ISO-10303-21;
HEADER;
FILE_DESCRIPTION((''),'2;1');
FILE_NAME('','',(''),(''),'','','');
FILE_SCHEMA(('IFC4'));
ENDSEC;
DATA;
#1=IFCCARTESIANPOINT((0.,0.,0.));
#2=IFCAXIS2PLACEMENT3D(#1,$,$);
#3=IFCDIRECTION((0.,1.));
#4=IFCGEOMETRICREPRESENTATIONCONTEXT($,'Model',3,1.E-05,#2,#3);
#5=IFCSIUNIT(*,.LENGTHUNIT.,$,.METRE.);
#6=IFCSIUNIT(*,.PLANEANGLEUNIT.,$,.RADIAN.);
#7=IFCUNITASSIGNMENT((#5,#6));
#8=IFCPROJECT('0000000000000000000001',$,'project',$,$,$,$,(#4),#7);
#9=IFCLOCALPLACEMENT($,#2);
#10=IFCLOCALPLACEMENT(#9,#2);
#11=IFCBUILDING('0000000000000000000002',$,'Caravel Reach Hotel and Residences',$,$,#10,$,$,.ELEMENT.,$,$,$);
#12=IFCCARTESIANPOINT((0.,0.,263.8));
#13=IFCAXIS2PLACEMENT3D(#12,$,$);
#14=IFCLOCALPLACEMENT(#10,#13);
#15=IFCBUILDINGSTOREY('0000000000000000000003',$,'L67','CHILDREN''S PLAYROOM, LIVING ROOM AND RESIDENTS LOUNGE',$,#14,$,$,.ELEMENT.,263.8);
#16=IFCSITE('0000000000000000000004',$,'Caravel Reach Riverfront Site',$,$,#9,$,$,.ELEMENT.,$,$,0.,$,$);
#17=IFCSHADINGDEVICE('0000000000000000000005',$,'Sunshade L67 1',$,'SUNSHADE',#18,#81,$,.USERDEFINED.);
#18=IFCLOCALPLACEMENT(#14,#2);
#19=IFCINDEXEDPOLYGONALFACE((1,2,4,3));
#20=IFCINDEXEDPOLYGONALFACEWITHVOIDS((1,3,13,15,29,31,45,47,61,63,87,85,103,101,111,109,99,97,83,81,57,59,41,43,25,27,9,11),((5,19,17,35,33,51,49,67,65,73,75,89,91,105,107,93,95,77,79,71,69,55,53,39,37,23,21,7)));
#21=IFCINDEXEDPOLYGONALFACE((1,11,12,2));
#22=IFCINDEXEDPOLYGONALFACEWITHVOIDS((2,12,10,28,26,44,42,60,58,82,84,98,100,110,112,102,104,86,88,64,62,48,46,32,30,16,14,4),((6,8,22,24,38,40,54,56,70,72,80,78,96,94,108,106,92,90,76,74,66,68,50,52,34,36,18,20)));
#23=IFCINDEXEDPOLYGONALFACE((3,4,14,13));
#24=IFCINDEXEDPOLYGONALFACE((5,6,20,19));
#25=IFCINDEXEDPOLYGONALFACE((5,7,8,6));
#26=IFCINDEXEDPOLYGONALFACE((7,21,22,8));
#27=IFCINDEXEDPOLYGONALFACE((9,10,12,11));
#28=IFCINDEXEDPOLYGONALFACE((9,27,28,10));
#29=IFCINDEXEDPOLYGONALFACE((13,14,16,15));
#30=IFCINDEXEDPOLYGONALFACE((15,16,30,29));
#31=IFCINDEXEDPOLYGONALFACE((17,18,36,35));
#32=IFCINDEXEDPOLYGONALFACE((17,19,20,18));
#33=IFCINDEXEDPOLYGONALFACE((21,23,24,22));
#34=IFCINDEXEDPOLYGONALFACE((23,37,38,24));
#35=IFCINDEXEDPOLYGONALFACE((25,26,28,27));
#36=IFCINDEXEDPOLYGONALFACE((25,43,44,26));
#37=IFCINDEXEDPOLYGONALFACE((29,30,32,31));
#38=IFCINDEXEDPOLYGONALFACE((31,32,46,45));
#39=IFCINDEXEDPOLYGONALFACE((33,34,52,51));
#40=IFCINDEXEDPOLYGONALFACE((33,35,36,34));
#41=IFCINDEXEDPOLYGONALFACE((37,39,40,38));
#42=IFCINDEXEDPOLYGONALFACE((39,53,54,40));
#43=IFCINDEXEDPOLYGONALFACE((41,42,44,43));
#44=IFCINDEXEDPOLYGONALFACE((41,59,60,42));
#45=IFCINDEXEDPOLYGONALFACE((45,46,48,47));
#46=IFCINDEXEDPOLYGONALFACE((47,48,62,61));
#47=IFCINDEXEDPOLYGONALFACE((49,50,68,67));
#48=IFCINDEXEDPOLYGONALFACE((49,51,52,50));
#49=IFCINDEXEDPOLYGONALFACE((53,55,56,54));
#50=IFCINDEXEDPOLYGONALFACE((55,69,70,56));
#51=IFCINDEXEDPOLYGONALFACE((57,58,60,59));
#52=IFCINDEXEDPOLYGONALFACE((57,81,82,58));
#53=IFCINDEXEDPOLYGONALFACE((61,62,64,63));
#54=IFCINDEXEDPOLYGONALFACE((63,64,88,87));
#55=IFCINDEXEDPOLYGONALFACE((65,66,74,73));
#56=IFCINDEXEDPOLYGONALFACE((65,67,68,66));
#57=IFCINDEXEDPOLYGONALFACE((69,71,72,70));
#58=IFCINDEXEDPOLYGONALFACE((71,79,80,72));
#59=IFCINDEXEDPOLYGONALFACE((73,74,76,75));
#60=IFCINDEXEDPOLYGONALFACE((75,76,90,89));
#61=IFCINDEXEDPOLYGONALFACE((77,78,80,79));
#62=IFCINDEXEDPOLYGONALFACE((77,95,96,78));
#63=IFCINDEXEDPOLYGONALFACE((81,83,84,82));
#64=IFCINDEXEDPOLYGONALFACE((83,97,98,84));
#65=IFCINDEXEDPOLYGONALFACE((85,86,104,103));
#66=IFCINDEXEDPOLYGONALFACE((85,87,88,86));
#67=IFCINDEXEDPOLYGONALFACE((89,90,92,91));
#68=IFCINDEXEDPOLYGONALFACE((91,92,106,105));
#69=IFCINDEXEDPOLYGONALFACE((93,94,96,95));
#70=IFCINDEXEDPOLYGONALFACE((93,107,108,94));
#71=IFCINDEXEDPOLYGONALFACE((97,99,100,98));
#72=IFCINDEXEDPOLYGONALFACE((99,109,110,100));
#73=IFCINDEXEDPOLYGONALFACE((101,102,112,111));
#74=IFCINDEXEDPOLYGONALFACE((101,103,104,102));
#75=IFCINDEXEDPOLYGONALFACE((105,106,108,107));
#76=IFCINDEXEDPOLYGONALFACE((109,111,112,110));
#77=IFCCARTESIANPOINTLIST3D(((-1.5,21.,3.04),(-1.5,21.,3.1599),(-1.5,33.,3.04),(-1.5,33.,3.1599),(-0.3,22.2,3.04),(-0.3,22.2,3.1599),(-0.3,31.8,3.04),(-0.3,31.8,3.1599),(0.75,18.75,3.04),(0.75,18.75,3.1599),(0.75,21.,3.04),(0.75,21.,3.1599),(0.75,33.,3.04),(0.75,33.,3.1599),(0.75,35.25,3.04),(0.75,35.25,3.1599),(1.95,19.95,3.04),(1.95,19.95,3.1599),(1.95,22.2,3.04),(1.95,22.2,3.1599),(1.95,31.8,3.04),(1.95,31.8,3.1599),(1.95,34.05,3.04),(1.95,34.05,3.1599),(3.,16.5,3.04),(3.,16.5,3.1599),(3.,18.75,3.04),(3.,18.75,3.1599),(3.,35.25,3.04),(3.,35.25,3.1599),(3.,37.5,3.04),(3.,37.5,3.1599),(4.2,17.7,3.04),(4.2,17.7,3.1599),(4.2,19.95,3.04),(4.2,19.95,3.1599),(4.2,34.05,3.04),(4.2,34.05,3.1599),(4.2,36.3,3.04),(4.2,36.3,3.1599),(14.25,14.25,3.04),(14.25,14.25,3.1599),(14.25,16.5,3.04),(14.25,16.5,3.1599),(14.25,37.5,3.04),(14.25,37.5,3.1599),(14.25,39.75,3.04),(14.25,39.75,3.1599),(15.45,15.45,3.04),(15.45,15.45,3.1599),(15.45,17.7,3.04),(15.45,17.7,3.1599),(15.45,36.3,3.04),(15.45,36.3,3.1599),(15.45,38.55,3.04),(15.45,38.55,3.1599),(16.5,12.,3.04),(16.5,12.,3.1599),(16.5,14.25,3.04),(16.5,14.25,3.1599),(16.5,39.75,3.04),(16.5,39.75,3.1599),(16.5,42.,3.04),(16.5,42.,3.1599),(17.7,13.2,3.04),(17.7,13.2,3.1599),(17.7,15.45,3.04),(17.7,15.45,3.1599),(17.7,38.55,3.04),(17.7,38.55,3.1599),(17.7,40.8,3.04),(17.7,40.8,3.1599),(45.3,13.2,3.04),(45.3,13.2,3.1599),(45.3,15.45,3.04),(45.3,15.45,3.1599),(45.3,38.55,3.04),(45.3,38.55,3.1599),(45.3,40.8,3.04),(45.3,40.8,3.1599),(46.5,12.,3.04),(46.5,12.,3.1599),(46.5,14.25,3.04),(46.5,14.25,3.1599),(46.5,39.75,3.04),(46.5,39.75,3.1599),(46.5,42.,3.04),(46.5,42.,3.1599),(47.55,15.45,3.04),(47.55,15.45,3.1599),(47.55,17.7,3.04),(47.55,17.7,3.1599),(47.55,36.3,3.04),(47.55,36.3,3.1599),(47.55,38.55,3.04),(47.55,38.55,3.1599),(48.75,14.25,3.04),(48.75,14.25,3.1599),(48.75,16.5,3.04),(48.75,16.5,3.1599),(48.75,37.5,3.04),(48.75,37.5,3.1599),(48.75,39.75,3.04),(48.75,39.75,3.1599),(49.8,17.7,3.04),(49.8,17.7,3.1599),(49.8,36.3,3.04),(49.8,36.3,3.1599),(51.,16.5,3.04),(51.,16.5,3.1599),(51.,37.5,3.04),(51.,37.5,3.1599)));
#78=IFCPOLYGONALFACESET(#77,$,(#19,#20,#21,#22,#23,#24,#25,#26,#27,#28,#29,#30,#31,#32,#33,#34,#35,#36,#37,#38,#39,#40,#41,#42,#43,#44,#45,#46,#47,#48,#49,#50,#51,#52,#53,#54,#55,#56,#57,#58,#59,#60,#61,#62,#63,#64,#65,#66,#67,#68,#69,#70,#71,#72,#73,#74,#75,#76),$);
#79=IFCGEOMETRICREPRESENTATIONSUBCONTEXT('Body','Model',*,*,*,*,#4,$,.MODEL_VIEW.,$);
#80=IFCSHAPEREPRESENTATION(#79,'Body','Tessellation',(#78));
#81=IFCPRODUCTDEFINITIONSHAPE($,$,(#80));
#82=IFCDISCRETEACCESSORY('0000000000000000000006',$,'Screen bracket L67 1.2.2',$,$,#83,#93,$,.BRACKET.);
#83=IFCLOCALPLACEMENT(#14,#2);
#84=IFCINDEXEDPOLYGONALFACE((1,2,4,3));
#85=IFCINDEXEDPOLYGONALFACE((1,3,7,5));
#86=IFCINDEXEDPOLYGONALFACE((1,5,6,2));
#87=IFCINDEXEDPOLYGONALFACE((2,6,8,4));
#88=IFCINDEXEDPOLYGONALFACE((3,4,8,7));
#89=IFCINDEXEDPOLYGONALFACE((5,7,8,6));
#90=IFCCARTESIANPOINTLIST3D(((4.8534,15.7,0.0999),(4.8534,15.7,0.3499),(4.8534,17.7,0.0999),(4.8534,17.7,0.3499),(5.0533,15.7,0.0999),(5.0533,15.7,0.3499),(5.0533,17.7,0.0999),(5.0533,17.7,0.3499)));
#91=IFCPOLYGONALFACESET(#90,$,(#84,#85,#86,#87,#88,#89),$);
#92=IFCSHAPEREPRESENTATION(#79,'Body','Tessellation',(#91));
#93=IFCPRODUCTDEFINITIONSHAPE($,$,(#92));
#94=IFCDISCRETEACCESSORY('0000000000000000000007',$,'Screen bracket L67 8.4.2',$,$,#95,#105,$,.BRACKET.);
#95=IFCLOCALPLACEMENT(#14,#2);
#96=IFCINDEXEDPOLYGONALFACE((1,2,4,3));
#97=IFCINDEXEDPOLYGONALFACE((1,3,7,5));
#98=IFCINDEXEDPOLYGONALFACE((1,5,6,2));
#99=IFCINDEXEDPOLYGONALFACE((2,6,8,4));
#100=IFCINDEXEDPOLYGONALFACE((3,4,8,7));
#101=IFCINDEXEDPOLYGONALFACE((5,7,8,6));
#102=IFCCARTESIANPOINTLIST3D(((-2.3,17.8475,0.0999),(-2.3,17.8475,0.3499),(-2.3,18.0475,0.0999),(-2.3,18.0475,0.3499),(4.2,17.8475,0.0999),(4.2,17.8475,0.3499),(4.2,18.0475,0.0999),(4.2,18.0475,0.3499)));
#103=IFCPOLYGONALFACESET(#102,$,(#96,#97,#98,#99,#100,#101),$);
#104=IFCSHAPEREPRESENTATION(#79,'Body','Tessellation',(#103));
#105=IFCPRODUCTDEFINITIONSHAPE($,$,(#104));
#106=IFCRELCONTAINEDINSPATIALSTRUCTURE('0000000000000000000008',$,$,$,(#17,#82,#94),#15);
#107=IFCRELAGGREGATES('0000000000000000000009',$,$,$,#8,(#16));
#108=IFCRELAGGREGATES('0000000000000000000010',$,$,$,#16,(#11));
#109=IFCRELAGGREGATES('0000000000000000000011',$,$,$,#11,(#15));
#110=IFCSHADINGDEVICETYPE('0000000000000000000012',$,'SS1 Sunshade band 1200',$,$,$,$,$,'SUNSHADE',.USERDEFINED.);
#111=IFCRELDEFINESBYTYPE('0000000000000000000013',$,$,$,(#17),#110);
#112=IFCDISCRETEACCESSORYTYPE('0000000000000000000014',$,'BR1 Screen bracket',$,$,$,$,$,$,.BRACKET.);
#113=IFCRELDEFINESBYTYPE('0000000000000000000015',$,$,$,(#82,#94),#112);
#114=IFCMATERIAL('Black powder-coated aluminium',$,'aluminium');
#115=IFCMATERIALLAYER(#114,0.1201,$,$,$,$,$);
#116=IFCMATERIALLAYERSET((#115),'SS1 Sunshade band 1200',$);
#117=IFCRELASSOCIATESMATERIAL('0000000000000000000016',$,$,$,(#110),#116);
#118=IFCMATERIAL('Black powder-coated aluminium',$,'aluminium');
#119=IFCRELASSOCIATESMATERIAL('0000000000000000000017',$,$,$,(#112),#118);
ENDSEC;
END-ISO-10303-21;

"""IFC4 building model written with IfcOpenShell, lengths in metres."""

from ifc_helpers import new_model, si_unit, direction, frame, origin, origin_2d, place, context, subcontext, project, spatial, polyline, rectangle, outline, extrude, material, layer, layer_set, type_object, element, save


model = new_model("IFC4")

# Units and contexts
model_context = context("Model", 3, precision=1e-05, world=origin(), true_north=direction((0.0, 1.0)))
body_context = subcontext(model_context, "Body", "Model", "MODEL_VIEW")
ifc_project = project(units=[si_unit("LENGTHUNIT", "METRE"), si_unit("PLANEANGLEUNIT", "RADIAN")], contexts=[model_context])

# Site, building, storey
site_placement = place(None, origin())
site = spatial("IfcSite", under=ifc_project, at=site_placement, Name="Caravel Reach Riverfront Site", CompositionType="ELEMENT", RefElevation=0.0)
building_placement = place(site_placement, origin())
building = spatial("IfcBuilding", under=site, at=building_placement, Name="Caravel Reach Hotel and Residences", CompositionType="ELEMENT")
storey_placement = place(building_placement, frame((0.0, 0.0, 263.8)))
storey = spatial("IfcBuildingStorey", under=building, at=storey_placement, Name="L67", Description="CHILDREN'S PLAYROOM, LIVING ROOM AND RESIDENTS LOUNGE", CompositionType="ELEMENT", Elevation=263.8)

# Shading device
ifc_material_1 = material(Name="Black powder-coated aluminium", Category="aluminium")
ifc_layer_1 = layer(ifc_material_1, 0.1201)
ifc_layer_set_1 = layer_set([ifc_layer_1], Name="SS1 Sunshade band 1200")
shading_device_type = type_object("IfcShadingDeviceType", Name="SS1 Sunshade band 1200", ElementType="SUNSHADE", PredefinedType="USERDEFINED", material=ifc_layer_set_1)
shading_device_placement = place(storey_placement, frame((0.0, 0.0, 3.04)))
element("IfcShadingDevice", 1, at=shading_device_placement, inside=storey, type_object=shading_device_type, Name="Sunshade L67 1", ObjectType="SUNSHADE", PredefinedType="USERDEFINED", context=body_context, shape_type="SweptSolid", body=[
    extrude(outline(polyline([(3.0, 16.5), (14.25, 16.5), (14.25, 14.25), (16.5, 14.25), (16.5, 12.0), (46.5, 12.0), (46.5, 14.25), (48.75, 14.25), (48.75, 16.5), (51.0, 16.5), (51.0, 37.5), (48.75, 37.5), (48.75, 39.75), (46.5, 39.75), (46.5, 42.0), (16.5, 42.0), (16.5, 39.75), (14.25, 39.75), (14.25, 37.5), (3.0, 37.5), (3.0, 35.25), (0.75, 35.25), (0.75, 33.0), (-1.5, 33.0), (-1.5, 21.0), (0.75, 21.0), (0.75, 18.75), (3.0, 18.75), (3.0, 16.5)]), holes=[polyline([(15.45, 15.45), (15.45, 17.7), (4.2, 17.7), (4.2, 19.95), (1.95, 19.95), (1.95, 22.2), (-0.3, 22.2), (-0.3, 31.8), (1.95, 31.8), (1.95, 34.05), (4.2, 34.05), (4.2, 36.3), (15.45, 36.3), (15.45, 38.55), (17.7, 38.55), (17.7, 40.8), (45.3, 40.8), (45.3, 38.55), (47.55, 38.55), (47.55, 36.3), (49.8, 36.3), (49.8, 17.7), (47.55, 17.7), (47.55, 15.45), (45.3, 15.45), (45.3, 13.2), (17.7, 13.2), (17.7, 15.45), (15.45, 15.45)])]), origin(), (0.0, 0.0, 1.0), 0.1199),
])

# Discrete accessories
ifc_material_2 = material(Name="Black powder-coated aluminium", Category="aluminium")
discrete_accessory_type = type_object("IfcDiscreteAccessoryType", Name="BR1 Screen bracket", PredefinedType="BRACKET", material=ifc_material_2)
discrete_accessory_1_placement = place(storey_placement, frame((4.9534, 16.7, 0.0999), z_axis=(0.0, 0.0, 1.0), x_axis=(0.0, -1.0, 0.0)))
element("IfcDiscreteAccessory", 2, at=discrete_accessory_1_placement, inside=storey, type_object=discrete_accessory_type, Name="Screen bracket L67 1.2.2", PredefinedType="BRACKET", context=body_context, shape_type="SweptSolid", body=[
    extrude(rectangle(XDim=2.0, YDim=0.2, at=origin_2d()), origin(), (0.0, 0.0, 1.0), 0.25),
])
discrete_accessory_2_placement = place(storey_placement, frame((0.95, 17.9475, 0.0999), z_axis=(0.0, 0.0, 1.0), x_axis=(-1.0, 0.0, 0.0)))
element("IfcDiscreteAccessory", 3, at=discrete_accessory_2_placement, inside=storey, type_object=discrete_accessory_type, Name="Screen bracket L67 8.4.2", PredefinedType="BRACKET", context=body_context, shape_type="SweptSolid", body=[
    extrude(rectangle(XDim=6.5, YDim=0.2, at=origin_2d()), origin(), (0.0, 0.0, 1.0), 0.25),
])

save(model, "model.ifc")
